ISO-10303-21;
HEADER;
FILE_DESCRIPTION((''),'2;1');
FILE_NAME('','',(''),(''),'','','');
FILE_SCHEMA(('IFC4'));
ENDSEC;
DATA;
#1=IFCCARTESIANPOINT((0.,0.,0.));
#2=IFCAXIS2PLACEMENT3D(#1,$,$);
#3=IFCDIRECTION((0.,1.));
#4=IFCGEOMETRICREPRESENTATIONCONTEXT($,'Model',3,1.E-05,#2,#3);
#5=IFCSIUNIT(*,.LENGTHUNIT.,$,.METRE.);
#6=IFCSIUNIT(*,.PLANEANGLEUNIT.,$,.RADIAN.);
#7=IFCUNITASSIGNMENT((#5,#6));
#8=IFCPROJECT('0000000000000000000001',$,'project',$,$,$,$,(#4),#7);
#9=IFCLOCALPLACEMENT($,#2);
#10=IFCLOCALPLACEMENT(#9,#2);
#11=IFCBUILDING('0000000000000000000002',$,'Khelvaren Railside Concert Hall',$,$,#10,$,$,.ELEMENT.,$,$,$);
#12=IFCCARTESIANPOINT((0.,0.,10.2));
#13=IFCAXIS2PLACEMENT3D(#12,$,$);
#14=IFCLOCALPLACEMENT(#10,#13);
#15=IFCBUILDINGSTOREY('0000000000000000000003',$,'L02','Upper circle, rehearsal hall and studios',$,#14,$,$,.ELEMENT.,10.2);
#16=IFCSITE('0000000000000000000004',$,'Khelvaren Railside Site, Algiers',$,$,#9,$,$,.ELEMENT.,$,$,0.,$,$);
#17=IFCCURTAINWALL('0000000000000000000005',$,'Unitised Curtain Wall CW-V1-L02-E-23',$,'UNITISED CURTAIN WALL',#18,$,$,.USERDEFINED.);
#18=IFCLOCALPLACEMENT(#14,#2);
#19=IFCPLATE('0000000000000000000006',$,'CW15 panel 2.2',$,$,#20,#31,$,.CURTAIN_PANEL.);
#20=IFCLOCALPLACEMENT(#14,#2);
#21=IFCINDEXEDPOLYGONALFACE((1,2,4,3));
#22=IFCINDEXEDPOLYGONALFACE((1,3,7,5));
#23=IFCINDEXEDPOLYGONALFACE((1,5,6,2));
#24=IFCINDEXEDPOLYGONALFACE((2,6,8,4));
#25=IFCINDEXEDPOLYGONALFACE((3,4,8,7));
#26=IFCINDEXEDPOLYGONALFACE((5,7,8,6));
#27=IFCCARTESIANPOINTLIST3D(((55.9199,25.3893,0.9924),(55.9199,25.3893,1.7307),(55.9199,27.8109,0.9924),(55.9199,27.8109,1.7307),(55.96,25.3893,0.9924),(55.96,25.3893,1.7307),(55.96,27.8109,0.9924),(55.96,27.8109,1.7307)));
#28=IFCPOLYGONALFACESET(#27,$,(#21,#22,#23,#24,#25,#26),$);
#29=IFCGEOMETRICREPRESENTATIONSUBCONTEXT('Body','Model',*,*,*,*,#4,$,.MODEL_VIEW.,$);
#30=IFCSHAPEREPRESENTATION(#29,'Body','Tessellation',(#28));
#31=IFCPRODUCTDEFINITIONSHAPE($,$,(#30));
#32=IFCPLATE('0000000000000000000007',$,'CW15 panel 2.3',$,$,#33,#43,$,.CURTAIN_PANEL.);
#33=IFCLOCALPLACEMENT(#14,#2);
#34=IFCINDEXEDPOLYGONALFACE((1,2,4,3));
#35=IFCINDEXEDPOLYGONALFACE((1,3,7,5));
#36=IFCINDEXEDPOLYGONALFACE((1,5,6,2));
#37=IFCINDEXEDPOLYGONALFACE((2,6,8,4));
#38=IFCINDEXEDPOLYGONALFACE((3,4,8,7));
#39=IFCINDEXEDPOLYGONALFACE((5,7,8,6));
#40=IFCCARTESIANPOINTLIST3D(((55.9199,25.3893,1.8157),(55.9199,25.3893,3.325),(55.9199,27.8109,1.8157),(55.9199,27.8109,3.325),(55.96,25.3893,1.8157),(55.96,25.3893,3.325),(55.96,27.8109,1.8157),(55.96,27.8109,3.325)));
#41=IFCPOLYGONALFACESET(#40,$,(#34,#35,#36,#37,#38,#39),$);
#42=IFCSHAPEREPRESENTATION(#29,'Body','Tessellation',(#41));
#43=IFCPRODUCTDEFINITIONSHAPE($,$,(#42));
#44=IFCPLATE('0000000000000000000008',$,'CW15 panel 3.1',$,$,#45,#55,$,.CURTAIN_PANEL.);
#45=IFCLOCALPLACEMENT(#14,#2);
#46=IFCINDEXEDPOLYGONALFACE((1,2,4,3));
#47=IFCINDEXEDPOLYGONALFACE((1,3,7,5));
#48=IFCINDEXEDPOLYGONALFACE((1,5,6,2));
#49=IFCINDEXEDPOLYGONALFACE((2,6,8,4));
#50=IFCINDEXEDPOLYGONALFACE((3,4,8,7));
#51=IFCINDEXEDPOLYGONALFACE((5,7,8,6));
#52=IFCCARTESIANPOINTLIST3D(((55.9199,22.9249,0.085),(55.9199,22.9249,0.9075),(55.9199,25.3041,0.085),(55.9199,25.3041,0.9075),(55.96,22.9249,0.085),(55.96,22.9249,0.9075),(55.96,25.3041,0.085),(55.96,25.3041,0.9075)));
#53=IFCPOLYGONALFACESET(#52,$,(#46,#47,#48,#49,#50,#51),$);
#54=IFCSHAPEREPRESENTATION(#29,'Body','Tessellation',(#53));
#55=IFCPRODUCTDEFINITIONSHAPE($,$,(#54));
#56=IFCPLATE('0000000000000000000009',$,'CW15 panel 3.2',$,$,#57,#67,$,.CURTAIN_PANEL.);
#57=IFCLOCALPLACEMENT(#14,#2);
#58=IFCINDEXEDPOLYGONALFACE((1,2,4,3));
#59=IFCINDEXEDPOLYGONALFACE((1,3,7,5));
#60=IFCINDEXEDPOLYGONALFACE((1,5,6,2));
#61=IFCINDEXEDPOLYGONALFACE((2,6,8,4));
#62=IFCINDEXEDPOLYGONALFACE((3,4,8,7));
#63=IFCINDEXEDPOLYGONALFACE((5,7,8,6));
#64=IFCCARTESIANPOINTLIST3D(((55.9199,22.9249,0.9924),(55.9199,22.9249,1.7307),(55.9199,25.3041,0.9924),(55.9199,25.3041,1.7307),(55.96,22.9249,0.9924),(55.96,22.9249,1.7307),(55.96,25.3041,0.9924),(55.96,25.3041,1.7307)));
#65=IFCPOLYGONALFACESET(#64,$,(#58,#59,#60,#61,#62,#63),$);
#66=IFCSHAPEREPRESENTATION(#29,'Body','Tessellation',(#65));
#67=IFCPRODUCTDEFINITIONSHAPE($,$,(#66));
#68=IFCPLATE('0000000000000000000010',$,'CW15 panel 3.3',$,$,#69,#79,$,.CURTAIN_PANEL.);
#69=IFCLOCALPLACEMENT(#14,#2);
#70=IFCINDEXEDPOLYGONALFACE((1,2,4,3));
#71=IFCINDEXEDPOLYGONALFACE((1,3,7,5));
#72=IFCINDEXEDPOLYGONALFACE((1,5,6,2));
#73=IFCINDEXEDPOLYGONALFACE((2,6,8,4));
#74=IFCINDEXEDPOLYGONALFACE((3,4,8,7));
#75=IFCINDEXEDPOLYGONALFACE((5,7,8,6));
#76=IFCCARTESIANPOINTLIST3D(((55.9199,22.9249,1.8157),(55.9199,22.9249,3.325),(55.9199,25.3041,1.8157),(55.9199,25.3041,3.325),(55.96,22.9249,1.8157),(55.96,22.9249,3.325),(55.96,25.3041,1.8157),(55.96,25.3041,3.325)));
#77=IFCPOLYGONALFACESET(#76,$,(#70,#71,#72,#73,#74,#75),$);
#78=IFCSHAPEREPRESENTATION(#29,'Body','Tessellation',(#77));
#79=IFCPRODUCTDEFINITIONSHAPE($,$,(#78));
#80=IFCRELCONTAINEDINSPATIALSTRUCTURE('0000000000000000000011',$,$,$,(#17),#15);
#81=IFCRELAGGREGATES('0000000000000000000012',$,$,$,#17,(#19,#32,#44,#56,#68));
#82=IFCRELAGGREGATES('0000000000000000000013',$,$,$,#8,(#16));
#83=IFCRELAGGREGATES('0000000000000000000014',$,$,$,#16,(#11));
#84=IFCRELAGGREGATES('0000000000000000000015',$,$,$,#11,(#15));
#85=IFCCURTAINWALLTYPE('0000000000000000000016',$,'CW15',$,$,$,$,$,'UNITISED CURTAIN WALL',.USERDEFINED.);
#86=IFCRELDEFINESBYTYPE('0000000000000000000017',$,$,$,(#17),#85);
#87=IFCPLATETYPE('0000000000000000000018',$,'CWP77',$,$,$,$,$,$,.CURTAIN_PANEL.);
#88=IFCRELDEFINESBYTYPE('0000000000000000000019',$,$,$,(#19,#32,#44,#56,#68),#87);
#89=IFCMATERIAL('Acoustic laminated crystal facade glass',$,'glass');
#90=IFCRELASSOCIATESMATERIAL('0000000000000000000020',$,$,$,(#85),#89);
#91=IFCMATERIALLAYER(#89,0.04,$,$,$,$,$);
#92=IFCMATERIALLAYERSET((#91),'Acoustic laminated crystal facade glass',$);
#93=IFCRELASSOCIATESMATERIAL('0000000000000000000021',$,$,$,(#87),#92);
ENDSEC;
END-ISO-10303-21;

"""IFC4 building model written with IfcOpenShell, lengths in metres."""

from ifc_helpers import new_model, si_unit, direction, frame, origin, origin_2d, place, context, subcontext, project, spatial, rectangle, extrude, material, layer, layer_set, type_object, element, aggregate, save


model = new_model("IFC4")

# Units and contexts
model_context = context("Model", 3, precision=1e-05, world=origin(), true_north=direction((0.0, 1.0)))
body_context = subcontext(model_context, "Body", "Model", "MODEL_VIEW")
ifc_project = project(units=[si_unit("LENGTHUNIT", "METRE"), si_unit("PLANEANGLEUNIT", "RADIAN")], contexts=[model_context])

# Site, building, storey
site_placement = place(None, origin())
site = spatial("IfcSite", under=ifc_project, at=site_placement, Name="Khelvaren Railside Site, Algiers", CompositionType="ELEMENT", RefElevation=0.0)
building_placement = place(site_placement, origin())
building = spatial("IfcBuilding", under=site, at=building_placement, Name="Khelvaren Railside Concert Hall", CompositionType="ELEMENT")
storey_placement = place(building_placement, frame((0.0, 0.0, 10.2)))
storey = spatial("IfcBuildingStorey", under=building, at=storey_placement, Name="L02", Description="Upper circle, rehearsal hall and studios", CompositionType="ELEMENT", Elevation=10.2)

# Shared definitions
ifc_material_1 = material(Name="Acoustic laminated crystal facade glass", Category="glass")

# Curtain wall
curtain_wall_type_1 = type_object("IfcCurtainWallType", Name="CW15", ElementType="UNITISED CURTAIN WALL", PredefinedType="USERDEFINED", material=ifc_material_1)
curtain_wall_1_placement = place(storey_placement, origin())
curtain_wall_1 = element("IfcCurtainWall", 1, at=curtain_wall_1_placement, inside=storey, type_object=curtain_wall_type_1, Name="Unitised Curtain Wall CW-V1-L02-E-23", ObjectType="UNITISED CURTAIN WALL", PredefinedType="USERDEFINED")

# Plates
ifc_layer = layer(ifc_material_1, 0.04)
ifc_layer_set = layer_set([ifc_layer], Name="Acoustic laminated crystal facade glass")
plate_type = type_object("IfcPlateType", Name="CWP77", PredefinedType="CURTAIN_PANEL", material=ifc_layer_set)
plate_1_placement = place(storey_placement, frame((55.9399, 26.6001, 0.9924), z_axis=(0.0, 0.0, 1.0), x_axis=(0.0, -1.0, 0.0)))
plate_1 = element("IfcPlate", 2, at=plate_1_placement, type_object=plate_type, Name="CW15 panel 2.2", PredefinedType="CURTAIN_PANEL", context=body_context, shape_type="SweptSolid", body=[
    extrude(rectangle(XDim=2.4216, YDim=0.04, at=origin_2d()), origin(), (0.0, 0.0, 1.0), 0.7383),
])
plate_2_placement = place(storey_placement, frame((55.9399, 26.6001, 1.8157), z_axis=(0.0, 0.0, 1.0), x_axis=(0.0, -1.0, 0.0)))
plate_2 = element("IfcPlate", 3, at=plate_2_placement, type_object=plate_type, Name="CW15 panel 2.3", PredefinedType="CURTAIN_PANEL", context=body_context, shape_type="SweptSolid", body=[
    extrude(rectangle(XDim=2.4216, YDim=0.04, at=origin_2d()), origin(), (0.0, 0.0, 1.0), 1.5093),
])
plate_3_placement = place(storey_placement, frame((55.9399, 24.1145, 0.085), z_axis=(0.0, 0.0, 1.0), x_axis=(0.0, -1.0, 0.0)))
plate_3 = element("IfcPlate", 4, at=plate_3_placement, type_object=plate_type, Name="CW15 panel 3.1", PredefinedType="CURTAIN_PANEL", context=body_context, shape_type="SweptSolid", body=[
    extrude(rectangle(XDim=2.3792, YDim=0.04, at=origin_2d()), origin(), (0.0, 0.0, 1.0), 0.8225),
])
plate_4_placement = place(storey_placement, frame((55.9399, 24.1145, 0.9924), z_axis=(0.0, 0.0, 1.0), x_axis=(0.0, -1.0, 0.0)))
plate_4 = element("IfcPlate", 5, at=plate_4_placement, type_object=plate_type, Name="CW15 panel 3.2", PredefinedType="CURTAIN_PANEL", context=body_context, shape_type="SweptSolid", body=[
    extrude(rectangle(XDim=2.3792, YDim=0.04, at=origin_2d()), origin(), (0.0, 0.0, 1.0), 0.7383),
])
plate_5_placement = place(storey_placement, frame((55.9399, 24.1145, 1.8157), z_axis=(0.0, 0.0, 1.0), x_axis=(0.0, -1.0, 0.0)))
plate_5 = element("IfcPlate", 6, at=plate_5_placement, type_object=plate_type, Name="CW15 panel 3.3", PredefinedType="CURTAIN_PANEL", context=body_context, shape_type="SweptSolid", body=[
    extrude(rectangle(XDim=2.3792, YDim=0.04, at=origin_2d()), origin(), (0.0, 0.0, 1.0), 1.5093),
])
aggregate(curtain_wall_1, [plate_1, plate_2, plate_3, plate_4, plate_5])

save(model, "model.ifc")
